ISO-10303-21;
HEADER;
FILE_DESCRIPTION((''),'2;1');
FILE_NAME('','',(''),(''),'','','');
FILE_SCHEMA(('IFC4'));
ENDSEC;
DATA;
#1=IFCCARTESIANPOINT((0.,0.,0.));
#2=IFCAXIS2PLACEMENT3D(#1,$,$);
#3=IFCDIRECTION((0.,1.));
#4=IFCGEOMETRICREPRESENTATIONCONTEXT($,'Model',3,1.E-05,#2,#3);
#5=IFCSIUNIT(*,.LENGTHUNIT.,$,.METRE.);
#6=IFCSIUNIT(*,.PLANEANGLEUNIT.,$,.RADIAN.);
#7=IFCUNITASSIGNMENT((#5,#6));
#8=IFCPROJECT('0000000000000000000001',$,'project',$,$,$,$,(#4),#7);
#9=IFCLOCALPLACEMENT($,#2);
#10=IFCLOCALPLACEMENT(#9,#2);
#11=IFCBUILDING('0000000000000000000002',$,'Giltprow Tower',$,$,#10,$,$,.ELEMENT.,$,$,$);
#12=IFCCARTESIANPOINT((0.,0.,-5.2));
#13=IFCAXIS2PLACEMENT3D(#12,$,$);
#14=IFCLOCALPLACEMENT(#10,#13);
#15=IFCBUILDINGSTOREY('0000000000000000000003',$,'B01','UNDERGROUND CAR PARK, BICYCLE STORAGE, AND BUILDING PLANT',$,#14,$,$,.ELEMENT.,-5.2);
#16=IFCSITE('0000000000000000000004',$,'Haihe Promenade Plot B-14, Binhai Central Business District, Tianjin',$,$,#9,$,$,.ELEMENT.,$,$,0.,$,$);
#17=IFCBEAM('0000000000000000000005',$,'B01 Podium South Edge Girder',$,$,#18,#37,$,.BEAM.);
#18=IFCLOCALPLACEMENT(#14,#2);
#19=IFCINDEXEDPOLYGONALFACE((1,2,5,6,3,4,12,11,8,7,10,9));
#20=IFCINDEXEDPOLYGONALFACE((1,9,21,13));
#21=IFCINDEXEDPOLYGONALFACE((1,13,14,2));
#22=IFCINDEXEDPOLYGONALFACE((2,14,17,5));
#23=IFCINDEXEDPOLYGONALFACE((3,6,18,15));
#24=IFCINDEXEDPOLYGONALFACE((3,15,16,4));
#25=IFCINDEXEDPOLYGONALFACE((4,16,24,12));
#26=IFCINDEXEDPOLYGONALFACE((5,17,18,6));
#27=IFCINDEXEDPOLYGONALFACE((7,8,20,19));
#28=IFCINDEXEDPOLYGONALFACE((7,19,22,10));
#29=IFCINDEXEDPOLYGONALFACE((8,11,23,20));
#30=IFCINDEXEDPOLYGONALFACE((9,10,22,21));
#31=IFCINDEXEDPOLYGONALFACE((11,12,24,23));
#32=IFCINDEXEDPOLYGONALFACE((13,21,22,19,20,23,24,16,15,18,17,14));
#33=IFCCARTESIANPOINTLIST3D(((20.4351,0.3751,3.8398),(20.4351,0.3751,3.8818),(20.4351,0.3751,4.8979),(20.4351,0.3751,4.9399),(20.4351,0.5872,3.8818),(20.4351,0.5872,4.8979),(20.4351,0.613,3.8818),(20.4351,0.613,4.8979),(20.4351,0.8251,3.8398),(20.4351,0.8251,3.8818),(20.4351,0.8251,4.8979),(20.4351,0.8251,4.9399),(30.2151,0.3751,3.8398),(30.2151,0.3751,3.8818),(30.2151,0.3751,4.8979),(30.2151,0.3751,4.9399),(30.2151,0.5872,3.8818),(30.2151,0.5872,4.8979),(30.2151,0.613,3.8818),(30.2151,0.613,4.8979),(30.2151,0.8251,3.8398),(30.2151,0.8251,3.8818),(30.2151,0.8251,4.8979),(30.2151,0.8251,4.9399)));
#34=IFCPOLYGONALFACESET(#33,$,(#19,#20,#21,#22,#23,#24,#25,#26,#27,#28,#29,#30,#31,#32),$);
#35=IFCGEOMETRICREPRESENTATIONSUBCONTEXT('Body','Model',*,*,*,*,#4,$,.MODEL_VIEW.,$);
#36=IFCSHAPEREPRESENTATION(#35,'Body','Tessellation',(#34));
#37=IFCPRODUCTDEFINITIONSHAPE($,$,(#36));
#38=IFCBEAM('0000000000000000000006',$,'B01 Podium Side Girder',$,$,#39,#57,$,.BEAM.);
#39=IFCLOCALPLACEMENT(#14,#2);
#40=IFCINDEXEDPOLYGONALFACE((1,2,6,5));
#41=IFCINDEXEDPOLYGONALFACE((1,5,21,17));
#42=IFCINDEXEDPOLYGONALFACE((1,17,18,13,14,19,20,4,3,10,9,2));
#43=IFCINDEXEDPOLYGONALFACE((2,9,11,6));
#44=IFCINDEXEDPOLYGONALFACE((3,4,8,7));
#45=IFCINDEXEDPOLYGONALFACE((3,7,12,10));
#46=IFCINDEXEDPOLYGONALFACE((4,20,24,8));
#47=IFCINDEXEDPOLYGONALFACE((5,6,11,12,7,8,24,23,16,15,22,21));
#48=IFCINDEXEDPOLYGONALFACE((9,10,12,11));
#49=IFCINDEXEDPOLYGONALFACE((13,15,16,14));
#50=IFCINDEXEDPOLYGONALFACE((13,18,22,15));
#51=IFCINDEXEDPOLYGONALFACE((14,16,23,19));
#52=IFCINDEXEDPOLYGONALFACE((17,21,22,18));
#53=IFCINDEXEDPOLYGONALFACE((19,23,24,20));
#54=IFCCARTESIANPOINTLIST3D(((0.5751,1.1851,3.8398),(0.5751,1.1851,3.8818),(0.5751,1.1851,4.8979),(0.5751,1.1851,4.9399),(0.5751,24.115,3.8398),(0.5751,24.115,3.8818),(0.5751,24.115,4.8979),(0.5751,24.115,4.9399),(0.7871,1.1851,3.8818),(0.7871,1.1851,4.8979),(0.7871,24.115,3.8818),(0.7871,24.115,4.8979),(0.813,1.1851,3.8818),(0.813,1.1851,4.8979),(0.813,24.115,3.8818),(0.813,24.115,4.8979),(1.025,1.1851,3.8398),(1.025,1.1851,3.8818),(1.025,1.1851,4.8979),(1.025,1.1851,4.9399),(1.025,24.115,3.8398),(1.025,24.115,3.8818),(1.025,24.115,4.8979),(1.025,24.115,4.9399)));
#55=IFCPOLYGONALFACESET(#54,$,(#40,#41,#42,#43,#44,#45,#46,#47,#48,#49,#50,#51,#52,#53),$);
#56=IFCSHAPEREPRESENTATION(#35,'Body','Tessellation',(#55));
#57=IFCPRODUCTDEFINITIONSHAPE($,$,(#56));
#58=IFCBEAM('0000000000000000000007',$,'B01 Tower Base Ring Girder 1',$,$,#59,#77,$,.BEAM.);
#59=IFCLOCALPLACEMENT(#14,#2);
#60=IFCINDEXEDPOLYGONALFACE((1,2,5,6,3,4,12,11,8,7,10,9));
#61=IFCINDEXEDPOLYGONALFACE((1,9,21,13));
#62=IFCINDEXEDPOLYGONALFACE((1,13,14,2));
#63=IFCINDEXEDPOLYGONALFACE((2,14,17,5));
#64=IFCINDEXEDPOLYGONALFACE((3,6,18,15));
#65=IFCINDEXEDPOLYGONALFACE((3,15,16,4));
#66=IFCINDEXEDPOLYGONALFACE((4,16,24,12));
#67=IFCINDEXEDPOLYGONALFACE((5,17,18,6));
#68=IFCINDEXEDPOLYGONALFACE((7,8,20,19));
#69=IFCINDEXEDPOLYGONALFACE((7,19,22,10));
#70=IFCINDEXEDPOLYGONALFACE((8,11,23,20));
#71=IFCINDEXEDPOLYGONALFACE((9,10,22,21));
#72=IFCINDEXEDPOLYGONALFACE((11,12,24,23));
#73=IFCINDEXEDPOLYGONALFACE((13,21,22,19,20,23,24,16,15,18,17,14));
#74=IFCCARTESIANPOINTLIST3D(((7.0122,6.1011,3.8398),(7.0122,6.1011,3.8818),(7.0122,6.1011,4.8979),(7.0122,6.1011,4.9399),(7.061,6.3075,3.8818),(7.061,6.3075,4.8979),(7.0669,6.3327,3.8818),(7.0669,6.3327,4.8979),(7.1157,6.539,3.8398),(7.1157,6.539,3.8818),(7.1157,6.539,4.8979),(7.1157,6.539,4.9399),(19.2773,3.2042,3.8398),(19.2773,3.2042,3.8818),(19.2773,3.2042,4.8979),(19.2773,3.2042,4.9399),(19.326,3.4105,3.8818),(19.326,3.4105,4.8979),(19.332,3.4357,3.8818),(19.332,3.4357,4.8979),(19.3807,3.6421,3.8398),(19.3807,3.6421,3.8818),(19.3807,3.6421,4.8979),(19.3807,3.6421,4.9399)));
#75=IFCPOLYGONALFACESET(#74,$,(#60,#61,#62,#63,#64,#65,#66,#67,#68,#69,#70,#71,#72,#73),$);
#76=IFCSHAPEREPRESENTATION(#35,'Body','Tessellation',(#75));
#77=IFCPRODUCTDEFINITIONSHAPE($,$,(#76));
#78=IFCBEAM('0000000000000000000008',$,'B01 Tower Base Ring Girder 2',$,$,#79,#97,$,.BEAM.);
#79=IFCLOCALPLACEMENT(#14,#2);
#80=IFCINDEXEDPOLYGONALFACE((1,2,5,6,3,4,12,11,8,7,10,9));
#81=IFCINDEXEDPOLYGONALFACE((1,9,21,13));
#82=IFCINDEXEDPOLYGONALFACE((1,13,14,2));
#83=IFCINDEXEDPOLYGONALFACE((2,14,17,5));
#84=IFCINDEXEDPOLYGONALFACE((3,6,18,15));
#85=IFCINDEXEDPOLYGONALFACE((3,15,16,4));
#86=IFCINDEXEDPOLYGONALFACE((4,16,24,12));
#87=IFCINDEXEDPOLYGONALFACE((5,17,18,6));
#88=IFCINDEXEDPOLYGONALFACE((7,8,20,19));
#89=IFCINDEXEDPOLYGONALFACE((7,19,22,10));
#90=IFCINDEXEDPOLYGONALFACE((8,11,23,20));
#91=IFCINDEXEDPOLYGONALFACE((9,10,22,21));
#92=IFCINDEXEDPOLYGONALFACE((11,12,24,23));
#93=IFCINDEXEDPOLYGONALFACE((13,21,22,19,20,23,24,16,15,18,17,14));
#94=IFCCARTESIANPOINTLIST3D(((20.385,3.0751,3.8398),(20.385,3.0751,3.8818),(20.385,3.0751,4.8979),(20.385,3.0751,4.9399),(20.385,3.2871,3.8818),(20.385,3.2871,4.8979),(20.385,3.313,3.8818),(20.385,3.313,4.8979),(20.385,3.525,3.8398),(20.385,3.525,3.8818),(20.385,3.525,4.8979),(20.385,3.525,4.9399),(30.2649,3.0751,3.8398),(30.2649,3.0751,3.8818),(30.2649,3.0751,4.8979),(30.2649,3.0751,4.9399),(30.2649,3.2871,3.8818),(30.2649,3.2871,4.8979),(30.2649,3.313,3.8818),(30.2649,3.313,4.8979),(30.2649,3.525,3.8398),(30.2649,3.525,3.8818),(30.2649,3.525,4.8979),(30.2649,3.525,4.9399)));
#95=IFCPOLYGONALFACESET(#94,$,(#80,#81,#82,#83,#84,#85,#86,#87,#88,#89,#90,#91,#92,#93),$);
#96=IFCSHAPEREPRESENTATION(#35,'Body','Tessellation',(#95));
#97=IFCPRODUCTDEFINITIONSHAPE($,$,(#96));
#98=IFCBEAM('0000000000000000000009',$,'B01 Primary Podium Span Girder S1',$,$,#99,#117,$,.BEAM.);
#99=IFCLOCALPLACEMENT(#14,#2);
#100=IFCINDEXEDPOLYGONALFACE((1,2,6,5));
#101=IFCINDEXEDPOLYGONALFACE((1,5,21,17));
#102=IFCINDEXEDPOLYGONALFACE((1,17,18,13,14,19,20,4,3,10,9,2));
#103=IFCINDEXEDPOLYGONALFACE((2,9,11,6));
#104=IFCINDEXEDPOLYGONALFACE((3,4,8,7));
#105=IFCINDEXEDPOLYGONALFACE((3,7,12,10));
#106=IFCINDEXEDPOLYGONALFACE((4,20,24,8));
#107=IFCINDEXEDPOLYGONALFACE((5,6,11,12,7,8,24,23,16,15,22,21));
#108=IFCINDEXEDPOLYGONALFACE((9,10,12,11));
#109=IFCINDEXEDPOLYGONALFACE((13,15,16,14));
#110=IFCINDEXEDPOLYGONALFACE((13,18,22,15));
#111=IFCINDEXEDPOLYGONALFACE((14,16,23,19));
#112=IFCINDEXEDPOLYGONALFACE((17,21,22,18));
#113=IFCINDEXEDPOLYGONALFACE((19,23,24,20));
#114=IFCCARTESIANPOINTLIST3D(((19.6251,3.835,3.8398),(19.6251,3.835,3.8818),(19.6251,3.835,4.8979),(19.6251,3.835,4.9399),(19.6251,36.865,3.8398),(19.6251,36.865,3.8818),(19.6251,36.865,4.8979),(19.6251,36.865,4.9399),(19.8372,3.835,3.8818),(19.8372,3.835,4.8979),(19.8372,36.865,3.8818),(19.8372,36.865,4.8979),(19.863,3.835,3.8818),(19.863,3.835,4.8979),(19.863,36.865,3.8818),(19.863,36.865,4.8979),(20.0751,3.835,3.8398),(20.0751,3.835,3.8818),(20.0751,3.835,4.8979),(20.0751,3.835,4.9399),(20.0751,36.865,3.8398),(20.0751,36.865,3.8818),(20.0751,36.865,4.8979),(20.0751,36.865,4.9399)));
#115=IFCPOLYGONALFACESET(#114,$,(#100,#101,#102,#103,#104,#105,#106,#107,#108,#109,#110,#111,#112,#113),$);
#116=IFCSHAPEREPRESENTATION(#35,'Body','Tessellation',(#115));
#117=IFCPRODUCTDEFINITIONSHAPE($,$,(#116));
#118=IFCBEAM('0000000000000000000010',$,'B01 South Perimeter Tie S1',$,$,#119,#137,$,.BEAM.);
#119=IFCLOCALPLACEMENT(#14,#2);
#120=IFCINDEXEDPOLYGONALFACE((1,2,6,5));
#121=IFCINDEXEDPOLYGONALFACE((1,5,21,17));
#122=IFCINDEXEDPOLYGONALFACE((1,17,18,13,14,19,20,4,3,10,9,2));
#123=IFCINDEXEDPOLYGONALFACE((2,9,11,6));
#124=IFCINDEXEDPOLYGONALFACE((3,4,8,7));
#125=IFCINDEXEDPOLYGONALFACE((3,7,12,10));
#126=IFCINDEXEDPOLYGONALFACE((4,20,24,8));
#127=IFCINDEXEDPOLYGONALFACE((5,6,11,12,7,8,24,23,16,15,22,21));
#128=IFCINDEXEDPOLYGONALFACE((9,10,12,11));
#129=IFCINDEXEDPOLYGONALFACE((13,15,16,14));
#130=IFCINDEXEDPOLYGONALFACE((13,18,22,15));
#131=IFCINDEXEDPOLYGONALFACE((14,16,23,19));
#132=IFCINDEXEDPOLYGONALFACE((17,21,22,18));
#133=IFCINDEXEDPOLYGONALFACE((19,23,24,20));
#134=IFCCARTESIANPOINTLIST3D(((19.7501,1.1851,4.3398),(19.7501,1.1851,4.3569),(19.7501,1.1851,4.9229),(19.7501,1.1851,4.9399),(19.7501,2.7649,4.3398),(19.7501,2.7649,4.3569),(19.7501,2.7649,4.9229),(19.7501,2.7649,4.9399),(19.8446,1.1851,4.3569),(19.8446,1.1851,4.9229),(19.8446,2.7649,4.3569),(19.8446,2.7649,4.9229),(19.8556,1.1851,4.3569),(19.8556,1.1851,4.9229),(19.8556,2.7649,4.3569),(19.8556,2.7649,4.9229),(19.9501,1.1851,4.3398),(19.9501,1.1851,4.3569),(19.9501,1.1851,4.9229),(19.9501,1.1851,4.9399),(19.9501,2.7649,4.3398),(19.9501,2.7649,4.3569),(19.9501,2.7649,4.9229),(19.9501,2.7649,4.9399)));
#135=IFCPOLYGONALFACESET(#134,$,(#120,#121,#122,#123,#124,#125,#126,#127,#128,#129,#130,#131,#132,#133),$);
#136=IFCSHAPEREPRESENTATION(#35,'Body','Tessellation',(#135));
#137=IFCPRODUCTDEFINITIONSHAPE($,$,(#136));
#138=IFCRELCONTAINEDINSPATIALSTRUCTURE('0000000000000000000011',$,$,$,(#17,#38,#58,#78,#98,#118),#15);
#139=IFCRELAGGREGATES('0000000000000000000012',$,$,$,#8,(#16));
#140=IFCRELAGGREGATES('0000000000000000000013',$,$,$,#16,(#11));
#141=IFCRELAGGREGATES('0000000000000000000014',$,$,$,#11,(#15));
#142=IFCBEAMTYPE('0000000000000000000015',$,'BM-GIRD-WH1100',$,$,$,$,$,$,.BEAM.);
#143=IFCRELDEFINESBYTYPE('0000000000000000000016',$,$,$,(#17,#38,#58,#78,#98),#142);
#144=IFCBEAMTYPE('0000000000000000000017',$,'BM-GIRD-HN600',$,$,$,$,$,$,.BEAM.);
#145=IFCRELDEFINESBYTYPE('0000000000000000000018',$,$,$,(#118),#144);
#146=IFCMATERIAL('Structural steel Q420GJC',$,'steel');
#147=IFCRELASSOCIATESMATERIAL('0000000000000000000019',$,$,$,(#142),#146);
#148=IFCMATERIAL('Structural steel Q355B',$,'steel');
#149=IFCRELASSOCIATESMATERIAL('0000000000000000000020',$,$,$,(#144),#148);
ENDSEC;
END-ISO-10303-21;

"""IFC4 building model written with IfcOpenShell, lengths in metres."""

from ifc_helpers import new_model, si_unit, direction, frame, origin, origin_2d, place, context, subcontext, project, spatial, i_section, extrude, source, transform, mapped, material, material_profile, profile_set, type_object, element, save


model = new_model("IFC4")

# Units and contexts
model_context = context("Model", 3, precision=1e-05, world=origin(), true_north=direction((0.0, 1.0)))
body_context = subcontext(model_context, "Body", "Model", "MODEL_VIEW")
ifc_project = project(units=[si_unit("LENGTHUNIT", "METRE"), si_unit("PLANEANGLEUNIT", "RADIAN")], contexts=[model_context])

# Site, building, storey
site_placement = place(None, origin())
site = spatial("IfcSite", under=ifc_project, at=site_placement, Name="Haihe Promenade Plot B-14, Binhai Central Business District, Tianjin", CompositionType="ELEMENT", RefElevation=0.0)
building_placement = place(site_placement, origin())
building = spatial("IfcBuilding", under=site, at=building_placement, Name="Giltprow Tower", CompositionType="ELEMENT")
storey_placement = place(building_placement, frame((0.0, 0.0, -5.2)))
storey = spatial("IfcBuildingStorey", under=building, at=storey_placement, Name="B01", Description="UNDERGROUND CAR PARK, BICYCLE STORAGE, AND BUILDING PLANT", CompositionType="ELEMENT", Elevation=-5.2)

# Shared definitions
ifc_material_1 = material(Name="Structural steel Q420GJC", Category="steel")

# Beams
ifc_material_profile_1 = material_profile(ifc_material_1, i_section(OverallWidth=0.45, OverallDepth=1.1001, WebThickness=0.0259, FlangeThickness=0.042, at=origin_2d()), Name="WH 1100x450x26x42")
ifc_profile_set_1 = profile_set([ifc_material_profile_1], Name="Structural steel Q420GJC")
beam_type_1 = type_object("IfcBeamType", Name="BM-GIRD-WH1100", PredefinedType="BEAM", material=ifc_profile_set_1)
shared_shape_1 = source(origin(), body_context, "Body", "SweptSolid", [
    extrude(i_section(OverallWidth=0.45, OverallDepth=1.1001, WebThickness=0.0259, FlangeThickness=0.042, at=origin_2d()), origin(), (0.0, 0.0, 1.0), 9.78),
])
beam_1_placement = place(storey_placement, frame((20.4351, 0.6001, 4.3899), z_axis=(1.0, 0.0, 0.0), x_axis=(0.0, 1.0, 0.0)))
element("IfcBeam", 1, at=beam_1_placement, inside=storey, type_object=beam_type_1, Name="B01 Podium South Edge Girder", PredefinedType="BEAM", context=body_context, shape_type="MappedRepresentation", body=[
    mapped(shared_shape_1, transform((0.0, 0.0, 0.0), x_axis=(1.0, 0.0, 0.0), y_axis=(0.0, 1.0, 0.0), z_axis=(0.0, 0.0, 1.0), scale=1.0)),
])
shared_shape_2 = source(origin(), body_context, "Body", "SweptSolid", [
    extrude(i_section(OverallWidth=0.45, OverallDepth=1.1001, WebThickness=0.0259, FlangeThickness=0.042, at=origin_2d()), origin(), (0.0, 0.0, 1.0), 22.9299),
])
beam_2_placement = place(storey_placement, frame((0.8, 1.1851, 4.3899), z_axis=(0.0, 1.0, 0.0), x_axis=(-1.0, 0.0, 0.0)))
element("IfcBeam", 2, at=beam_2_placement, inside=storey, type_object=beam_type_1, Name="B01 Podium Side Girder", PredefinedType="BEAM", context=body_context, shape_type="MappedRepresentation", body=[
    mapped(shared_shape_2, transform((0.0, 0.0, 0.0), x_axis=(1.0, 0.0, 0.0), y_axis=(0.0, 1.0, 0.0), z_axis=(0.0, 0.0, 1.0), scale=1.0)),
])
shared_shape_3 = source(origin(), body_context, "Body", "SweptSolid", [
    extrude(i_section(OverallWidth=0.45, OverallDepth=1.1001, WebThickness=0.0259, FlangeThickness=0.042, at=origin_2d()), origin(), (0.0, 0.0, 1.0), 12.6025),
])
beam_3_placement = place(storey_placement, frame((7.064, 6.3201, 4.3899), z_axis=(0.973221, -0.229871, 0.0), x_axis=(0.229871, 0.973221, 0.0)))
element("IfcBeam", 3, at=beam_3_placement, inside=storey, type_object=beam_type_1, Name="B01 Tower Base Ring Girder 1", PredefinedType="BEAM", context=body_context, shape_type="MappedRepresentation", body=[
    mapped(shared_shape_3, transform((0.0, 0.0, 0.0), x_axis=(1.0, 0.0, 0.0), y_axis=(0.0, 1.0, 0.0), z_axis=(0.0, 0.0, 1.0), scale=1.0)),
])
shared_shape_4 = source(origin(), body_context, "Body", "SweptSolid", [
    extrude(i_section(OverallWidth=0.45, OverallDepth=1.1001, WebThickness=0.0259, FlangeThickness=0.042, at=origin_2d()), origin(), (0.0, 0.0, 1.0), 9.8799),
])
beam_4_placement = place(storey_placement, frame((20.385, 3.3, 4.3899), z_axis=(1.0, 0.0, 0.0), x_axis=(0.0, 1.0, 0.0)))
element("IfcBeam", 4, at=beam_4_placement, inside=storey, type_object=beam_type_1, Name="B01 Tower Base Ring Girder 2", PredefinedType="BEAM", context=body_context, shape_type="MappedRepresentation", body=[
    mapped(shared_shape_4, transform((0.0, 0.0, 0.0), x_axis=(1.0, 0.0, 0.0), y_axis=(0.0, 1.0, 0.0), z_axis=(0.0, 0.0, 1.0), scale=1.0)),
])
shared_shape_5 = source(origin(), body_context, "Body", "SweptSolid", [
    extrude(i_section(OverallWidth=0.45, OverallDepth=1.1001, WebThickness=0.0259, FlangeThickness=0.042, at=origin_2d()), origin(), (0.0, 0.0, 1.0), 33.03),
])
beam_5_placement = place(storey_placement, frame((19.8501, 3.835, 4.3899), z_axis=(0.0, 1.0, 0.0), x_axis=(-1.0, 0.0, 0.0)))
element("IfcBeam", 5, at=beam_5_placement, inside=storey, type_object=beam_type_1, Name="B01 Primary Podium Span Girder S1", PredefinedType="BEAM", context=body_context, shape_type="MappedRepresentation", body=[
    mapped(shared_shape_5, transform((0.0, 0.0, 0.0), x_axis=(1.0, 0.0, 0.0), y_axis=(0.0, 1.0, 0.0), z_axis=(0.0, 0.0, 1.0), scale=1.0)),
])
ifc_material_2 = material(Name="Structural steel Q355B", Category="steel")
ifc_material_profile_2 = material_profile(ifc_material_2, i_section(OverallWidth=0.2, OverallDepth=0.6001, WebThickness=0.011, FlangeThickness=0.0171, at=origin_2d()), Name="HN 600x200x11x17")
ifc_profile_set_2 = profile_set([ifc_material_profile_2], Name="Structural steel Q355B")
beam_type_2 = type_object("IfcBeamType", Name="BM-GIRD-HN600", PredefinedType="BEAM", material=ifc_profile_set_2)
shared_shape_6 = source(origin(), body_context, "Body", "SweptSolid", [
    extrude(i_section(OverallWidth=0.2, OverallDepth=0.6001, WebThickness=0.011, FlangeThickness=0.0171, at=origin_2d()), origin(), (0.0, 0.0, 1.0), 1.5798),
])
beam_6_placement = place(storey_placement, frame((19.8501, 1.1851, 4.6399), z_axis=(0.0, 1.0, 0.0), x_axis=(-1.0, 0.0, 0.0)))
element("IfcBeam", 6, at=beam_6_placement, inside=storey, type_object=beam_type_2, Name="B01 South Perimeter Tie S1", PredefinedType="BEAM", context=body_context, shape_type="MappedRepresentation", body=[
    mapped(shared_shape_6, transform((0.0, 0.0, 0.0), x_axis=(1.0, 0.0, 0.0), y_axis=(0.0, 1.0, 0.0), z_axis=(0.0, 0.0, 1.0), scale=1.0)),
])

save(model, "model.ifc")
